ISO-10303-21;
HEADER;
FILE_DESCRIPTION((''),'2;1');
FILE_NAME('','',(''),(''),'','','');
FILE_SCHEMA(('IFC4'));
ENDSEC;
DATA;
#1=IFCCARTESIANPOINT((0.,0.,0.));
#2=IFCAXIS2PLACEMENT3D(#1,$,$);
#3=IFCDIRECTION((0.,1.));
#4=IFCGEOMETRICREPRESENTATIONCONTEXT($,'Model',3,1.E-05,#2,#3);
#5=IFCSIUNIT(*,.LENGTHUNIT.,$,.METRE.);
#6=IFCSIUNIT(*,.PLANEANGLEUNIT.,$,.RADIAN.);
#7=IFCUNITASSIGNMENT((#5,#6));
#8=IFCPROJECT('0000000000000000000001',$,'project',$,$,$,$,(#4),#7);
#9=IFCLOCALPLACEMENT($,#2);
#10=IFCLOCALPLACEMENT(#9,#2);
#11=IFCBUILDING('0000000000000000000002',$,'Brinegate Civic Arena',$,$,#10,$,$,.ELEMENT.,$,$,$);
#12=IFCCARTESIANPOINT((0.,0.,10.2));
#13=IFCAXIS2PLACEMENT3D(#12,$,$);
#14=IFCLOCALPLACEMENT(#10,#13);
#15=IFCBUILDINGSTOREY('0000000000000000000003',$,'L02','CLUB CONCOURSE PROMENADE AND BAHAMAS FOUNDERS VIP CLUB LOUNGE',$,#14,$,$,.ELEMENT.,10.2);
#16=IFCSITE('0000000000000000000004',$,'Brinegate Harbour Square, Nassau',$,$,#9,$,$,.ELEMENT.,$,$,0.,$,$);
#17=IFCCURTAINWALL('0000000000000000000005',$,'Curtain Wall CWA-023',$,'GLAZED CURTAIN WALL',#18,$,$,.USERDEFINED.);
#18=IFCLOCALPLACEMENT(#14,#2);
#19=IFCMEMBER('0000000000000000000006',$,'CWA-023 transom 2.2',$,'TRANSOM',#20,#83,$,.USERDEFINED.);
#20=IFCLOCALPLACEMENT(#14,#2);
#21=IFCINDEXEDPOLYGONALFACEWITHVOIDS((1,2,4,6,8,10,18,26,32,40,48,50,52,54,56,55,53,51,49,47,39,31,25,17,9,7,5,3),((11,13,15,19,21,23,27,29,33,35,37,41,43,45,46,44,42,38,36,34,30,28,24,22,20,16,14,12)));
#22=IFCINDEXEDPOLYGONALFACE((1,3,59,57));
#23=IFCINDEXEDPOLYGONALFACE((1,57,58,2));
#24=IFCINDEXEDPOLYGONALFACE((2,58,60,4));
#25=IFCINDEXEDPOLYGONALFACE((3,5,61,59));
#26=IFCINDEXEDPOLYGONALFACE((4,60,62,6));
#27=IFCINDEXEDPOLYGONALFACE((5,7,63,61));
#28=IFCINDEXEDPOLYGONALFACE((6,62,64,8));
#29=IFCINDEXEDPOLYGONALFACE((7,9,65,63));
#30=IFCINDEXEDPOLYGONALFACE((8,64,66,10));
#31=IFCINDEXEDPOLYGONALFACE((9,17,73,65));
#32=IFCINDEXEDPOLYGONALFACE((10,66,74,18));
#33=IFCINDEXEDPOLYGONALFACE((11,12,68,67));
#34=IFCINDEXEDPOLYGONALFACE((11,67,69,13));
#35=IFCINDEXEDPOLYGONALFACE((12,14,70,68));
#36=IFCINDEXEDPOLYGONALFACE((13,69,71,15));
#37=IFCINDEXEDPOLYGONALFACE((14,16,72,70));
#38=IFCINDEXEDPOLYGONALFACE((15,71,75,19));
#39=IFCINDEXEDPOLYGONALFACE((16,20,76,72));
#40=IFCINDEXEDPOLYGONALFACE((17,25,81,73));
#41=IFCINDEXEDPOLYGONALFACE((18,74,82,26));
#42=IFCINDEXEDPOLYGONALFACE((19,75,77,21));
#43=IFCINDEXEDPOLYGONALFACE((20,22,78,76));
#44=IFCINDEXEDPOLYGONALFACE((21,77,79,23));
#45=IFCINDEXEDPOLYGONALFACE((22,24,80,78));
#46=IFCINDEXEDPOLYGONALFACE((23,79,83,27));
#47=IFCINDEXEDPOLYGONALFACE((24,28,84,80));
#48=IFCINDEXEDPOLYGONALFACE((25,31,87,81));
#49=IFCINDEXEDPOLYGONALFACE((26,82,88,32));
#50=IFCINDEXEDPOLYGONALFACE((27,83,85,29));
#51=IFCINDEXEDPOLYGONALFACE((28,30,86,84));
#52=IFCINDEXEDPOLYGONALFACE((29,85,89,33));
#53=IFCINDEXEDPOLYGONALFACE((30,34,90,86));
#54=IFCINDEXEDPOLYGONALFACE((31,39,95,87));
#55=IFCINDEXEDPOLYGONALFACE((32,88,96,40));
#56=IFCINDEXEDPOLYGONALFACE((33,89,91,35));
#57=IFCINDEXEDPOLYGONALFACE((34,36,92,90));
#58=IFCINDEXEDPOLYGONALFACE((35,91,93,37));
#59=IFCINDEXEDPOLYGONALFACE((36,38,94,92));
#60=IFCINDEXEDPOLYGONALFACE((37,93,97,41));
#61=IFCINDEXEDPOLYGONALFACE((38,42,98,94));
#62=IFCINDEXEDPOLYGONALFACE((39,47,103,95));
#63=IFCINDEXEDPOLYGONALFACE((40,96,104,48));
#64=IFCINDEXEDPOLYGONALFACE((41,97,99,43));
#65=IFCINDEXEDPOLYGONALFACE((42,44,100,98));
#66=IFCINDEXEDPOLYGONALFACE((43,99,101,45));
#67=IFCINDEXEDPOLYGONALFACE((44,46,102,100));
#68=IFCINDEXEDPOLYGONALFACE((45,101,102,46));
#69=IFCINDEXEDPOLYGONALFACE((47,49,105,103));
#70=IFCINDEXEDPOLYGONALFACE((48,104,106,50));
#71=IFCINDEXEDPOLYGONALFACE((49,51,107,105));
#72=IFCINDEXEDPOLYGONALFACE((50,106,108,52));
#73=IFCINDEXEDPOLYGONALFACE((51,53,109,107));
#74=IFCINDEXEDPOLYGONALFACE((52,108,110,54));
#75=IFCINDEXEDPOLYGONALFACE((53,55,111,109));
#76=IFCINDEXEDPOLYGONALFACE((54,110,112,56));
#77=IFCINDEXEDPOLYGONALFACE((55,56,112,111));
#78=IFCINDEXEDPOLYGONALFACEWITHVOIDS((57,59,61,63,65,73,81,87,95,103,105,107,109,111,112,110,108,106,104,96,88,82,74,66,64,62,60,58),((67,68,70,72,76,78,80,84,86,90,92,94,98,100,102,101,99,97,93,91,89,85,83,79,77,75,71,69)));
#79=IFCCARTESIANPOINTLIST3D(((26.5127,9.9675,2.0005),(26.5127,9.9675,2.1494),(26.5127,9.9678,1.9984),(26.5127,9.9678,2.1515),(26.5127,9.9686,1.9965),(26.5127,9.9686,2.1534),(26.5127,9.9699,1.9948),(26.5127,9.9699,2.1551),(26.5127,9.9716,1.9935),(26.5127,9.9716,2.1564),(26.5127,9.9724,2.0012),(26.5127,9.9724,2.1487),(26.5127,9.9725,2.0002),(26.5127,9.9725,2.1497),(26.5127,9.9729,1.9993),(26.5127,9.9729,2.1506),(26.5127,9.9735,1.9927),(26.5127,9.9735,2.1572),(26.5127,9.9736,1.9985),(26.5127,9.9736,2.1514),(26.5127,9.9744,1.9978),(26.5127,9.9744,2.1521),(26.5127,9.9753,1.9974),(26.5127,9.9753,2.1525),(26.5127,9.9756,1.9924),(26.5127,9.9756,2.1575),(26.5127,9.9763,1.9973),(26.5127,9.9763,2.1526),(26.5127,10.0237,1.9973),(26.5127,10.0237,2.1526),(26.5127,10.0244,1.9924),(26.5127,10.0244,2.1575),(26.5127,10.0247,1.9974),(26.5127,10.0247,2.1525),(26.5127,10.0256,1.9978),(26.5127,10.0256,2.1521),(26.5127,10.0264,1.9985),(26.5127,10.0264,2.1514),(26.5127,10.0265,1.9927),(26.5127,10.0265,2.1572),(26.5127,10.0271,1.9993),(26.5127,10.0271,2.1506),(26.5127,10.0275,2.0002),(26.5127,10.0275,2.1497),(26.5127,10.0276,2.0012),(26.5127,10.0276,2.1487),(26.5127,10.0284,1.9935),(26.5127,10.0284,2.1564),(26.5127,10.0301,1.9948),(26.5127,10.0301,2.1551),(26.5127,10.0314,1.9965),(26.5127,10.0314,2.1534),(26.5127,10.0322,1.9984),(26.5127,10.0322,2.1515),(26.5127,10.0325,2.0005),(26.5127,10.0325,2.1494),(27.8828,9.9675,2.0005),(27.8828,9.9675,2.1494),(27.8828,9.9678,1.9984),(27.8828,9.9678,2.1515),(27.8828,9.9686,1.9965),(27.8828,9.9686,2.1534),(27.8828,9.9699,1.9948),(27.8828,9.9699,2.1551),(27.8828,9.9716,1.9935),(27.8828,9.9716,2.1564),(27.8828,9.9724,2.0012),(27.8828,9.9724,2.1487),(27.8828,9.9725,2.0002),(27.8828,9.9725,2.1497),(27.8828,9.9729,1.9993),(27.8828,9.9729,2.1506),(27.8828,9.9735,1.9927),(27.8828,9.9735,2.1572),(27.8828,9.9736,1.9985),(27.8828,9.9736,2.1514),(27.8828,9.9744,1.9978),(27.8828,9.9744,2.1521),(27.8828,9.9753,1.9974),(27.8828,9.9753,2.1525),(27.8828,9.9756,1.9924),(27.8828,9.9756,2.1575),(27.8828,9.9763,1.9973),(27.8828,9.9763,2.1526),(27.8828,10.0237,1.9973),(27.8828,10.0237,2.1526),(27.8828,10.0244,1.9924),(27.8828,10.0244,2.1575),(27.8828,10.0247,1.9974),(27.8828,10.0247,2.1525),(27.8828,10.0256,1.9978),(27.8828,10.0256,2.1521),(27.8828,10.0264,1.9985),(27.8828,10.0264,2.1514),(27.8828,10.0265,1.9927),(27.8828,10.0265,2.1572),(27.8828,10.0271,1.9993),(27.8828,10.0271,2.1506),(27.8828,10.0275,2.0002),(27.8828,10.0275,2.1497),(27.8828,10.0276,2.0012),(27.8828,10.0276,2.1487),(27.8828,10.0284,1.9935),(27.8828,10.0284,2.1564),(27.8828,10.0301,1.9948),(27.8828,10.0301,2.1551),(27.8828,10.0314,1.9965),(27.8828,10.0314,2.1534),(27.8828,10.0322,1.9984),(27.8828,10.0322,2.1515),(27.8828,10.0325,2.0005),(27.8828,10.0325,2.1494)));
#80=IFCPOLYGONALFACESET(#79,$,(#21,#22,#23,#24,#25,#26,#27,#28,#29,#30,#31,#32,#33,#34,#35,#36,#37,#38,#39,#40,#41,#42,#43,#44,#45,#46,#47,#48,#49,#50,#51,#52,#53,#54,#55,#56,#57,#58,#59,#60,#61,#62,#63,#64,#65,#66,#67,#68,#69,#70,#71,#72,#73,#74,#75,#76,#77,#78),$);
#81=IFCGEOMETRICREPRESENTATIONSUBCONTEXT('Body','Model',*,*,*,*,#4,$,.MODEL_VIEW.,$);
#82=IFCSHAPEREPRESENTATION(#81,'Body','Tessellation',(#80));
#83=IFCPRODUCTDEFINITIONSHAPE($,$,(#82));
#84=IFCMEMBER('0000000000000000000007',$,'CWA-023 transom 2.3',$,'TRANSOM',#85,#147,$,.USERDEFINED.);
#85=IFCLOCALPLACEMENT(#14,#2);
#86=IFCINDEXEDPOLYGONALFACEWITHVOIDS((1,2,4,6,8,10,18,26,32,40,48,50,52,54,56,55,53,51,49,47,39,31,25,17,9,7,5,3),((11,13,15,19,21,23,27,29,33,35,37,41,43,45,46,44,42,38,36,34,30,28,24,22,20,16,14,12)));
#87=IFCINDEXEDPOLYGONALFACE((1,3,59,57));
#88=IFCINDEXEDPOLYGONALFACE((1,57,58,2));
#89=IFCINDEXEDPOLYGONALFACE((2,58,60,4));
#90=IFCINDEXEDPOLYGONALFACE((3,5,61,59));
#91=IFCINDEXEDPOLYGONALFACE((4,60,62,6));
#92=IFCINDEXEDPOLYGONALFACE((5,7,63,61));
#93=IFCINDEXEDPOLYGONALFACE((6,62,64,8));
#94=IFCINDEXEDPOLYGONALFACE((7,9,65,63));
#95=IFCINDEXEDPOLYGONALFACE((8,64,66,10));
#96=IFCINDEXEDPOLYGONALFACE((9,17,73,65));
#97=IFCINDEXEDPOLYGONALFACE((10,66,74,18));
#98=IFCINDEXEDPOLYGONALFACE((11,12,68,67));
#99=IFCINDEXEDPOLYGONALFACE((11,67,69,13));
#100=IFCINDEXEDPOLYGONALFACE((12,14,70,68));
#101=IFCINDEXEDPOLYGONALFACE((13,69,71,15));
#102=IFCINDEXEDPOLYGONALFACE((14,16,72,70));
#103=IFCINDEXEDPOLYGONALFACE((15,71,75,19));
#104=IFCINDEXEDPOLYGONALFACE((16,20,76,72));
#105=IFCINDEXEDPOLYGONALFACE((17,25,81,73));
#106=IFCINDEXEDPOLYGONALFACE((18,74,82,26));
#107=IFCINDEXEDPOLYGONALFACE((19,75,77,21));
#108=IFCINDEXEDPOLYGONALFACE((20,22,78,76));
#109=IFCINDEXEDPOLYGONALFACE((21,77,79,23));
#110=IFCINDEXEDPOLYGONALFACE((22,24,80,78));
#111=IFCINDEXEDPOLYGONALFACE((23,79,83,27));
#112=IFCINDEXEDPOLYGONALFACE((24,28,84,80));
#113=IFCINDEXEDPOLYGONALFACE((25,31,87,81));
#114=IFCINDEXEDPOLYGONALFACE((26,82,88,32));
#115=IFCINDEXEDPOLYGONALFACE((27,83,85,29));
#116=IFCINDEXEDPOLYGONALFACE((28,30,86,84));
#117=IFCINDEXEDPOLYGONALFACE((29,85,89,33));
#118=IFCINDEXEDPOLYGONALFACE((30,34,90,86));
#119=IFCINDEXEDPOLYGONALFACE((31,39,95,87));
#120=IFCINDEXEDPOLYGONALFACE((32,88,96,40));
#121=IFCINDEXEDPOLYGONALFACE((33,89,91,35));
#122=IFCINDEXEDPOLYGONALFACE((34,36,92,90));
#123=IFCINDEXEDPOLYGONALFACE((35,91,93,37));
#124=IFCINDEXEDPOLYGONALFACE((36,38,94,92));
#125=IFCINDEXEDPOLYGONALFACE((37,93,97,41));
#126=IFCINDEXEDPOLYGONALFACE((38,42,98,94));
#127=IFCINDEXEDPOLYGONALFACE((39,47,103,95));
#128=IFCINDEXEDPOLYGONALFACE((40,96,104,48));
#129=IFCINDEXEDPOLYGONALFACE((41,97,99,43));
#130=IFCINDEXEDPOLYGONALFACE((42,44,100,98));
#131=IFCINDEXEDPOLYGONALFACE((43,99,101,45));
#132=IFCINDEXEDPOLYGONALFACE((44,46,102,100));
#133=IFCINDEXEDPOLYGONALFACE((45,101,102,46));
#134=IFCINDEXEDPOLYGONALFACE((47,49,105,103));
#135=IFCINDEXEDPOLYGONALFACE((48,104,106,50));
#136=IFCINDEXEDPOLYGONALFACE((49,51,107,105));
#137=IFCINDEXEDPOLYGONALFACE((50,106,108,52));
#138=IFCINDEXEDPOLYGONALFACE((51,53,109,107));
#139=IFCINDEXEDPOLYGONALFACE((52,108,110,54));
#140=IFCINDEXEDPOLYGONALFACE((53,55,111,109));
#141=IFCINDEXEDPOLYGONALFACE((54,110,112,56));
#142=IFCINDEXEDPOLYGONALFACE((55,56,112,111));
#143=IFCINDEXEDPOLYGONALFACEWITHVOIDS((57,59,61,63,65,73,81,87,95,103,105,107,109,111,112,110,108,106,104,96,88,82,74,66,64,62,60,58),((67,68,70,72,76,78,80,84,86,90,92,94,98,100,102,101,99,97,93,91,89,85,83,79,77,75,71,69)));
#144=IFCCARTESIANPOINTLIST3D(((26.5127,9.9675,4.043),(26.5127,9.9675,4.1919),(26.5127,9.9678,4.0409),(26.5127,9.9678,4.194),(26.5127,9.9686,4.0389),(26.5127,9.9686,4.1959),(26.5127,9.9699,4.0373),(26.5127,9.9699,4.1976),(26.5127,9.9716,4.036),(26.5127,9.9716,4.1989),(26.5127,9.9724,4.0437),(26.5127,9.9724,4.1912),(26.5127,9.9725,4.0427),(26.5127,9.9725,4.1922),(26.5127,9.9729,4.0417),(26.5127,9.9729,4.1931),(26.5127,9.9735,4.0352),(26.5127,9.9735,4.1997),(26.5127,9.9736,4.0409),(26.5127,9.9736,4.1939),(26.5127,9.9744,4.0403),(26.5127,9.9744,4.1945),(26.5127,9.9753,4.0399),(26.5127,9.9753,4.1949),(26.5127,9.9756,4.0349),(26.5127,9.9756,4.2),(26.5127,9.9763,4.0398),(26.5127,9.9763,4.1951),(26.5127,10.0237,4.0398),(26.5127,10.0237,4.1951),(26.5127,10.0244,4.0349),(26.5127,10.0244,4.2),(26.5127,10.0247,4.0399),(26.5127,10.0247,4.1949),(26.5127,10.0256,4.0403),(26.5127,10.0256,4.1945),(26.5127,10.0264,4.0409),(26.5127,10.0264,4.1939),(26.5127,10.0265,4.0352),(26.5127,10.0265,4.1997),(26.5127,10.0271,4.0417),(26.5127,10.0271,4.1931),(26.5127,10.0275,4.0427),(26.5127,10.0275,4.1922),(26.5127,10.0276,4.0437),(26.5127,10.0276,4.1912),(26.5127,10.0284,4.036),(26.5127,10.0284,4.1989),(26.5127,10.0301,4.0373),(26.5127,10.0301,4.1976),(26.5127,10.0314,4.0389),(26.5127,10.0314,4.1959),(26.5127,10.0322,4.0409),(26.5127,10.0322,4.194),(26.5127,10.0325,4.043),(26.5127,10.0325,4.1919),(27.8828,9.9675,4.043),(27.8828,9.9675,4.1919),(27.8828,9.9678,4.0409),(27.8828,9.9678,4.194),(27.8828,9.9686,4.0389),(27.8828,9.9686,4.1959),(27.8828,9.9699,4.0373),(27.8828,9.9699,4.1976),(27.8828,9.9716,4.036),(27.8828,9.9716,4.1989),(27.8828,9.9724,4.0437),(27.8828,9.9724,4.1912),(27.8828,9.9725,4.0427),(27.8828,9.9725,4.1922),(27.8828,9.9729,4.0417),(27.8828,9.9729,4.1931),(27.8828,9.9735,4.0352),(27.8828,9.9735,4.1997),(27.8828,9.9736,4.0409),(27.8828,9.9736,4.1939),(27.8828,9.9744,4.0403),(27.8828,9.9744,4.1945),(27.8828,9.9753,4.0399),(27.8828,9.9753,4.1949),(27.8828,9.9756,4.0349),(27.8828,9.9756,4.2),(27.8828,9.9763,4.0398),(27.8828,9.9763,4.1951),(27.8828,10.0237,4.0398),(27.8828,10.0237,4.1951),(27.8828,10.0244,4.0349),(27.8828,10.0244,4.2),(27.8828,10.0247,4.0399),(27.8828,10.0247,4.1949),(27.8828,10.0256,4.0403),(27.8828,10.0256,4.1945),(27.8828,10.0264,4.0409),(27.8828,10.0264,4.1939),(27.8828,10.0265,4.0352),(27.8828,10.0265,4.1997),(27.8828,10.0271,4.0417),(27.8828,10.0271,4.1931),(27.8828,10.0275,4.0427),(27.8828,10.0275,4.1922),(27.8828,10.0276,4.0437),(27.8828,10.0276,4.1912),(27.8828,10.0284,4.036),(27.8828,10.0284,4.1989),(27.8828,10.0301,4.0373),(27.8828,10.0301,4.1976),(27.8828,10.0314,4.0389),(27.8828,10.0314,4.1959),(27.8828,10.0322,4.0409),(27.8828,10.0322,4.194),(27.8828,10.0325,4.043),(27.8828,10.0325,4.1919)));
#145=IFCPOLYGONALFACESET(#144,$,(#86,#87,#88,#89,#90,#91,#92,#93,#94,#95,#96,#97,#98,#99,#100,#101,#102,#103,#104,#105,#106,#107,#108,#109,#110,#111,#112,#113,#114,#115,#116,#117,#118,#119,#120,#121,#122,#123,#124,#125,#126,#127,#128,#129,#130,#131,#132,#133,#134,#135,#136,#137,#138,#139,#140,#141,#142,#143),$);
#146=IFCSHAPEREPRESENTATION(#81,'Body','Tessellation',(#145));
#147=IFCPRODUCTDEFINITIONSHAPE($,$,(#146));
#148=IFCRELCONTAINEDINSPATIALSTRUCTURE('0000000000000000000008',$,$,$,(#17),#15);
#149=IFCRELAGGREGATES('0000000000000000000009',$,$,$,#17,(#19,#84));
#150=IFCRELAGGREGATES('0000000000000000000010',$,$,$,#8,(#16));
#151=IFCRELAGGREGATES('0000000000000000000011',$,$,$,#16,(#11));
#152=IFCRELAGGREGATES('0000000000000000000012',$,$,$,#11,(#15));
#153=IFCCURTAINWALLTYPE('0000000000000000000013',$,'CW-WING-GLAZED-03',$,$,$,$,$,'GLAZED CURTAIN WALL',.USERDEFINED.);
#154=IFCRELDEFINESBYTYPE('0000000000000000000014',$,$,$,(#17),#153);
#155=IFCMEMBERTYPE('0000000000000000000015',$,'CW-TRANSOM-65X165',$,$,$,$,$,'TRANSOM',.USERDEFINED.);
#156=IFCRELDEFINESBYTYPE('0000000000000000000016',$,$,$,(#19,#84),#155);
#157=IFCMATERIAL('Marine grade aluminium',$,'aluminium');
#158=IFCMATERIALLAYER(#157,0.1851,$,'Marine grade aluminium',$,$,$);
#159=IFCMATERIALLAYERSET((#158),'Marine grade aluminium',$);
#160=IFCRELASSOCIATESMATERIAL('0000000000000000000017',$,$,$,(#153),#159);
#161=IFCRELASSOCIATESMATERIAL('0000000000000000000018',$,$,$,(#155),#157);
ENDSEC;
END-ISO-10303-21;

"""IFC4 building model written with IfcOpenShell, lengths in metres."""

from ifc_helpers import new_model, si_unit, direction, frame, origin, origin_2d, place, context, subcontext, project, spatial, hollow_rectangle, extrude, material, layer, layer_set, material_profile, profile_set, type_object, element, aggregate, save


model = new_model("IFC4")

# Units and contexts
model_context = context("Model", 3, precision=1e-05, world=origin(), true_north=direction((0.0, 1.0)))
body_context = subcontext(model_context, "Body", "Model", "MODEL_VIEW")
ifc_project = project(units=[si_unit("LENGTHUNIT", "METRE"), si_unit("PLANEANGLEUNIT", "RADIAN")], contexts=[model_context])

# Site, building, storey
site_placement = place(None, origin())
site = spatial("IfcSite", under=ifc_project, at=site_placement, Name="Brinegate Harbour Square, Nassau", CompositionType="ELEMENT", RefElevation=0.0)
building_placement = place(site_placement, origin())
building = spatial("IfcBuilding", under=site, at=building_placement, Name="Brinegate Civic Arena", CompositionType="ELEMENT")
storey_placement = place(building_placement, frame((0.0, 0.0, 10.2)))
storey = spatial("IfcBuildingStorey", under=building, at=storey_placement, Name="L02", Description="CLUB CONCOURSE PROMENADE AND BAHAMAS FOUNDERS VIP CLUB LOUNGE", CompositionType="ELEMENT", Elevation=10.2)

# Curtain wall, members
ifc_material_1 = material(Name="Marine grade aluminium", Category="aluminium")
ifc_layer_1 = layer(ifc_material_1, 0.1851, Name="Marine grade aluminium")
ifc_layer_set_1 = layer_set([ifc_layer_1], Name="Marine grade aluminium")
curtain_wall_type = type_object("IfcCurtainWallType", Name="CW-WING-GLAZED-03", ElementType="GLAZED CURTAIN WALL", PredefinedType="USERDEFINED", material=ifc_layer_set_1)
curtain_wall_placement = place(storey_placement, origin())
curtain_wall = element("IfcCurtainWall", 1, at=curtain_wall_placement, inside=storey, type_object=curtain_wall_type, Name="Curtain Wall CWA-023", ObjectType="GLAZED CURTAIN WALL", PredefinedType="USERDEFINED")
ifc_material_profile_1 = material_profile(ifc_material_1, hollow_rectangle(XDim=0.0649, YDim=0.165, WallThickness=0.0049, InnerFilletRadius=0.0039, OuterFilletRadius=0.0081, at=origin_2d()), Name="TRN65X165")
ifc_profile_set_1 = profile_set([ifc_material_profile_1], Name="Marine grade aluminium")
member_type_1 = type_object("IfcMemberType", Name="CW-TRANSOM-65X165", ElementType="TRANSOM", PredefinedType="USERDEFINED", material=ifc_profile_set_1)
member_1_placement = place(storey_placement, frame((26.5127, 10.0, 2.075), z_axis=(1.0, 0.0, 0.0), x_axis=(0.0, 1.0, 0.0)))
member_1 = element("IfcMember", 2, at=member_1_placement, type_object=member_type_1, Name="CWA-023 transom 2.2", ObjectType="TRANSOM", PredefinedType="USERDEFINED", context=body_context, shape_type="SweptSolid", body=[
    extrude(hollow_rectangle(XDim=0.0649, YDim=0.165, WallThickness=0.0049, InnerFilletRadius=0.0039, OuterFilletRadius=0.0081, at=origin_2d()), origin(), (0.0, 0.0, 1.0), 1.3701),
])
member_2_placement = place(storey_placement, frame((26.5127, 10.0, 4.1174), z_axis=(1.0, 0.0, 0.0), x_axis=(0.0, 1.0, 0.0)))
member_2 = element("IfcMember", 3, at=member_2_placement, type_object=member_type_1, Name="CWA-023 transom 2.3", ObjectType="TRANSOM", PredefinedType="USERDEFINED", context=body_context, shape_type="SweptSolid", body=[
    extrude(hollow_rectangle(XDim=0.0649, YDim=0.165, WallThickness=0.0049, InnerFilletRadius=0.0039, OuterFilletRadius=0.0081, at=origin_2d()), origin(), (0.0, 0.0, 1.0), 1.3701),
])

aggregate(curtain_wall, [member_1, member_2])

save(model, "model.ifc")
